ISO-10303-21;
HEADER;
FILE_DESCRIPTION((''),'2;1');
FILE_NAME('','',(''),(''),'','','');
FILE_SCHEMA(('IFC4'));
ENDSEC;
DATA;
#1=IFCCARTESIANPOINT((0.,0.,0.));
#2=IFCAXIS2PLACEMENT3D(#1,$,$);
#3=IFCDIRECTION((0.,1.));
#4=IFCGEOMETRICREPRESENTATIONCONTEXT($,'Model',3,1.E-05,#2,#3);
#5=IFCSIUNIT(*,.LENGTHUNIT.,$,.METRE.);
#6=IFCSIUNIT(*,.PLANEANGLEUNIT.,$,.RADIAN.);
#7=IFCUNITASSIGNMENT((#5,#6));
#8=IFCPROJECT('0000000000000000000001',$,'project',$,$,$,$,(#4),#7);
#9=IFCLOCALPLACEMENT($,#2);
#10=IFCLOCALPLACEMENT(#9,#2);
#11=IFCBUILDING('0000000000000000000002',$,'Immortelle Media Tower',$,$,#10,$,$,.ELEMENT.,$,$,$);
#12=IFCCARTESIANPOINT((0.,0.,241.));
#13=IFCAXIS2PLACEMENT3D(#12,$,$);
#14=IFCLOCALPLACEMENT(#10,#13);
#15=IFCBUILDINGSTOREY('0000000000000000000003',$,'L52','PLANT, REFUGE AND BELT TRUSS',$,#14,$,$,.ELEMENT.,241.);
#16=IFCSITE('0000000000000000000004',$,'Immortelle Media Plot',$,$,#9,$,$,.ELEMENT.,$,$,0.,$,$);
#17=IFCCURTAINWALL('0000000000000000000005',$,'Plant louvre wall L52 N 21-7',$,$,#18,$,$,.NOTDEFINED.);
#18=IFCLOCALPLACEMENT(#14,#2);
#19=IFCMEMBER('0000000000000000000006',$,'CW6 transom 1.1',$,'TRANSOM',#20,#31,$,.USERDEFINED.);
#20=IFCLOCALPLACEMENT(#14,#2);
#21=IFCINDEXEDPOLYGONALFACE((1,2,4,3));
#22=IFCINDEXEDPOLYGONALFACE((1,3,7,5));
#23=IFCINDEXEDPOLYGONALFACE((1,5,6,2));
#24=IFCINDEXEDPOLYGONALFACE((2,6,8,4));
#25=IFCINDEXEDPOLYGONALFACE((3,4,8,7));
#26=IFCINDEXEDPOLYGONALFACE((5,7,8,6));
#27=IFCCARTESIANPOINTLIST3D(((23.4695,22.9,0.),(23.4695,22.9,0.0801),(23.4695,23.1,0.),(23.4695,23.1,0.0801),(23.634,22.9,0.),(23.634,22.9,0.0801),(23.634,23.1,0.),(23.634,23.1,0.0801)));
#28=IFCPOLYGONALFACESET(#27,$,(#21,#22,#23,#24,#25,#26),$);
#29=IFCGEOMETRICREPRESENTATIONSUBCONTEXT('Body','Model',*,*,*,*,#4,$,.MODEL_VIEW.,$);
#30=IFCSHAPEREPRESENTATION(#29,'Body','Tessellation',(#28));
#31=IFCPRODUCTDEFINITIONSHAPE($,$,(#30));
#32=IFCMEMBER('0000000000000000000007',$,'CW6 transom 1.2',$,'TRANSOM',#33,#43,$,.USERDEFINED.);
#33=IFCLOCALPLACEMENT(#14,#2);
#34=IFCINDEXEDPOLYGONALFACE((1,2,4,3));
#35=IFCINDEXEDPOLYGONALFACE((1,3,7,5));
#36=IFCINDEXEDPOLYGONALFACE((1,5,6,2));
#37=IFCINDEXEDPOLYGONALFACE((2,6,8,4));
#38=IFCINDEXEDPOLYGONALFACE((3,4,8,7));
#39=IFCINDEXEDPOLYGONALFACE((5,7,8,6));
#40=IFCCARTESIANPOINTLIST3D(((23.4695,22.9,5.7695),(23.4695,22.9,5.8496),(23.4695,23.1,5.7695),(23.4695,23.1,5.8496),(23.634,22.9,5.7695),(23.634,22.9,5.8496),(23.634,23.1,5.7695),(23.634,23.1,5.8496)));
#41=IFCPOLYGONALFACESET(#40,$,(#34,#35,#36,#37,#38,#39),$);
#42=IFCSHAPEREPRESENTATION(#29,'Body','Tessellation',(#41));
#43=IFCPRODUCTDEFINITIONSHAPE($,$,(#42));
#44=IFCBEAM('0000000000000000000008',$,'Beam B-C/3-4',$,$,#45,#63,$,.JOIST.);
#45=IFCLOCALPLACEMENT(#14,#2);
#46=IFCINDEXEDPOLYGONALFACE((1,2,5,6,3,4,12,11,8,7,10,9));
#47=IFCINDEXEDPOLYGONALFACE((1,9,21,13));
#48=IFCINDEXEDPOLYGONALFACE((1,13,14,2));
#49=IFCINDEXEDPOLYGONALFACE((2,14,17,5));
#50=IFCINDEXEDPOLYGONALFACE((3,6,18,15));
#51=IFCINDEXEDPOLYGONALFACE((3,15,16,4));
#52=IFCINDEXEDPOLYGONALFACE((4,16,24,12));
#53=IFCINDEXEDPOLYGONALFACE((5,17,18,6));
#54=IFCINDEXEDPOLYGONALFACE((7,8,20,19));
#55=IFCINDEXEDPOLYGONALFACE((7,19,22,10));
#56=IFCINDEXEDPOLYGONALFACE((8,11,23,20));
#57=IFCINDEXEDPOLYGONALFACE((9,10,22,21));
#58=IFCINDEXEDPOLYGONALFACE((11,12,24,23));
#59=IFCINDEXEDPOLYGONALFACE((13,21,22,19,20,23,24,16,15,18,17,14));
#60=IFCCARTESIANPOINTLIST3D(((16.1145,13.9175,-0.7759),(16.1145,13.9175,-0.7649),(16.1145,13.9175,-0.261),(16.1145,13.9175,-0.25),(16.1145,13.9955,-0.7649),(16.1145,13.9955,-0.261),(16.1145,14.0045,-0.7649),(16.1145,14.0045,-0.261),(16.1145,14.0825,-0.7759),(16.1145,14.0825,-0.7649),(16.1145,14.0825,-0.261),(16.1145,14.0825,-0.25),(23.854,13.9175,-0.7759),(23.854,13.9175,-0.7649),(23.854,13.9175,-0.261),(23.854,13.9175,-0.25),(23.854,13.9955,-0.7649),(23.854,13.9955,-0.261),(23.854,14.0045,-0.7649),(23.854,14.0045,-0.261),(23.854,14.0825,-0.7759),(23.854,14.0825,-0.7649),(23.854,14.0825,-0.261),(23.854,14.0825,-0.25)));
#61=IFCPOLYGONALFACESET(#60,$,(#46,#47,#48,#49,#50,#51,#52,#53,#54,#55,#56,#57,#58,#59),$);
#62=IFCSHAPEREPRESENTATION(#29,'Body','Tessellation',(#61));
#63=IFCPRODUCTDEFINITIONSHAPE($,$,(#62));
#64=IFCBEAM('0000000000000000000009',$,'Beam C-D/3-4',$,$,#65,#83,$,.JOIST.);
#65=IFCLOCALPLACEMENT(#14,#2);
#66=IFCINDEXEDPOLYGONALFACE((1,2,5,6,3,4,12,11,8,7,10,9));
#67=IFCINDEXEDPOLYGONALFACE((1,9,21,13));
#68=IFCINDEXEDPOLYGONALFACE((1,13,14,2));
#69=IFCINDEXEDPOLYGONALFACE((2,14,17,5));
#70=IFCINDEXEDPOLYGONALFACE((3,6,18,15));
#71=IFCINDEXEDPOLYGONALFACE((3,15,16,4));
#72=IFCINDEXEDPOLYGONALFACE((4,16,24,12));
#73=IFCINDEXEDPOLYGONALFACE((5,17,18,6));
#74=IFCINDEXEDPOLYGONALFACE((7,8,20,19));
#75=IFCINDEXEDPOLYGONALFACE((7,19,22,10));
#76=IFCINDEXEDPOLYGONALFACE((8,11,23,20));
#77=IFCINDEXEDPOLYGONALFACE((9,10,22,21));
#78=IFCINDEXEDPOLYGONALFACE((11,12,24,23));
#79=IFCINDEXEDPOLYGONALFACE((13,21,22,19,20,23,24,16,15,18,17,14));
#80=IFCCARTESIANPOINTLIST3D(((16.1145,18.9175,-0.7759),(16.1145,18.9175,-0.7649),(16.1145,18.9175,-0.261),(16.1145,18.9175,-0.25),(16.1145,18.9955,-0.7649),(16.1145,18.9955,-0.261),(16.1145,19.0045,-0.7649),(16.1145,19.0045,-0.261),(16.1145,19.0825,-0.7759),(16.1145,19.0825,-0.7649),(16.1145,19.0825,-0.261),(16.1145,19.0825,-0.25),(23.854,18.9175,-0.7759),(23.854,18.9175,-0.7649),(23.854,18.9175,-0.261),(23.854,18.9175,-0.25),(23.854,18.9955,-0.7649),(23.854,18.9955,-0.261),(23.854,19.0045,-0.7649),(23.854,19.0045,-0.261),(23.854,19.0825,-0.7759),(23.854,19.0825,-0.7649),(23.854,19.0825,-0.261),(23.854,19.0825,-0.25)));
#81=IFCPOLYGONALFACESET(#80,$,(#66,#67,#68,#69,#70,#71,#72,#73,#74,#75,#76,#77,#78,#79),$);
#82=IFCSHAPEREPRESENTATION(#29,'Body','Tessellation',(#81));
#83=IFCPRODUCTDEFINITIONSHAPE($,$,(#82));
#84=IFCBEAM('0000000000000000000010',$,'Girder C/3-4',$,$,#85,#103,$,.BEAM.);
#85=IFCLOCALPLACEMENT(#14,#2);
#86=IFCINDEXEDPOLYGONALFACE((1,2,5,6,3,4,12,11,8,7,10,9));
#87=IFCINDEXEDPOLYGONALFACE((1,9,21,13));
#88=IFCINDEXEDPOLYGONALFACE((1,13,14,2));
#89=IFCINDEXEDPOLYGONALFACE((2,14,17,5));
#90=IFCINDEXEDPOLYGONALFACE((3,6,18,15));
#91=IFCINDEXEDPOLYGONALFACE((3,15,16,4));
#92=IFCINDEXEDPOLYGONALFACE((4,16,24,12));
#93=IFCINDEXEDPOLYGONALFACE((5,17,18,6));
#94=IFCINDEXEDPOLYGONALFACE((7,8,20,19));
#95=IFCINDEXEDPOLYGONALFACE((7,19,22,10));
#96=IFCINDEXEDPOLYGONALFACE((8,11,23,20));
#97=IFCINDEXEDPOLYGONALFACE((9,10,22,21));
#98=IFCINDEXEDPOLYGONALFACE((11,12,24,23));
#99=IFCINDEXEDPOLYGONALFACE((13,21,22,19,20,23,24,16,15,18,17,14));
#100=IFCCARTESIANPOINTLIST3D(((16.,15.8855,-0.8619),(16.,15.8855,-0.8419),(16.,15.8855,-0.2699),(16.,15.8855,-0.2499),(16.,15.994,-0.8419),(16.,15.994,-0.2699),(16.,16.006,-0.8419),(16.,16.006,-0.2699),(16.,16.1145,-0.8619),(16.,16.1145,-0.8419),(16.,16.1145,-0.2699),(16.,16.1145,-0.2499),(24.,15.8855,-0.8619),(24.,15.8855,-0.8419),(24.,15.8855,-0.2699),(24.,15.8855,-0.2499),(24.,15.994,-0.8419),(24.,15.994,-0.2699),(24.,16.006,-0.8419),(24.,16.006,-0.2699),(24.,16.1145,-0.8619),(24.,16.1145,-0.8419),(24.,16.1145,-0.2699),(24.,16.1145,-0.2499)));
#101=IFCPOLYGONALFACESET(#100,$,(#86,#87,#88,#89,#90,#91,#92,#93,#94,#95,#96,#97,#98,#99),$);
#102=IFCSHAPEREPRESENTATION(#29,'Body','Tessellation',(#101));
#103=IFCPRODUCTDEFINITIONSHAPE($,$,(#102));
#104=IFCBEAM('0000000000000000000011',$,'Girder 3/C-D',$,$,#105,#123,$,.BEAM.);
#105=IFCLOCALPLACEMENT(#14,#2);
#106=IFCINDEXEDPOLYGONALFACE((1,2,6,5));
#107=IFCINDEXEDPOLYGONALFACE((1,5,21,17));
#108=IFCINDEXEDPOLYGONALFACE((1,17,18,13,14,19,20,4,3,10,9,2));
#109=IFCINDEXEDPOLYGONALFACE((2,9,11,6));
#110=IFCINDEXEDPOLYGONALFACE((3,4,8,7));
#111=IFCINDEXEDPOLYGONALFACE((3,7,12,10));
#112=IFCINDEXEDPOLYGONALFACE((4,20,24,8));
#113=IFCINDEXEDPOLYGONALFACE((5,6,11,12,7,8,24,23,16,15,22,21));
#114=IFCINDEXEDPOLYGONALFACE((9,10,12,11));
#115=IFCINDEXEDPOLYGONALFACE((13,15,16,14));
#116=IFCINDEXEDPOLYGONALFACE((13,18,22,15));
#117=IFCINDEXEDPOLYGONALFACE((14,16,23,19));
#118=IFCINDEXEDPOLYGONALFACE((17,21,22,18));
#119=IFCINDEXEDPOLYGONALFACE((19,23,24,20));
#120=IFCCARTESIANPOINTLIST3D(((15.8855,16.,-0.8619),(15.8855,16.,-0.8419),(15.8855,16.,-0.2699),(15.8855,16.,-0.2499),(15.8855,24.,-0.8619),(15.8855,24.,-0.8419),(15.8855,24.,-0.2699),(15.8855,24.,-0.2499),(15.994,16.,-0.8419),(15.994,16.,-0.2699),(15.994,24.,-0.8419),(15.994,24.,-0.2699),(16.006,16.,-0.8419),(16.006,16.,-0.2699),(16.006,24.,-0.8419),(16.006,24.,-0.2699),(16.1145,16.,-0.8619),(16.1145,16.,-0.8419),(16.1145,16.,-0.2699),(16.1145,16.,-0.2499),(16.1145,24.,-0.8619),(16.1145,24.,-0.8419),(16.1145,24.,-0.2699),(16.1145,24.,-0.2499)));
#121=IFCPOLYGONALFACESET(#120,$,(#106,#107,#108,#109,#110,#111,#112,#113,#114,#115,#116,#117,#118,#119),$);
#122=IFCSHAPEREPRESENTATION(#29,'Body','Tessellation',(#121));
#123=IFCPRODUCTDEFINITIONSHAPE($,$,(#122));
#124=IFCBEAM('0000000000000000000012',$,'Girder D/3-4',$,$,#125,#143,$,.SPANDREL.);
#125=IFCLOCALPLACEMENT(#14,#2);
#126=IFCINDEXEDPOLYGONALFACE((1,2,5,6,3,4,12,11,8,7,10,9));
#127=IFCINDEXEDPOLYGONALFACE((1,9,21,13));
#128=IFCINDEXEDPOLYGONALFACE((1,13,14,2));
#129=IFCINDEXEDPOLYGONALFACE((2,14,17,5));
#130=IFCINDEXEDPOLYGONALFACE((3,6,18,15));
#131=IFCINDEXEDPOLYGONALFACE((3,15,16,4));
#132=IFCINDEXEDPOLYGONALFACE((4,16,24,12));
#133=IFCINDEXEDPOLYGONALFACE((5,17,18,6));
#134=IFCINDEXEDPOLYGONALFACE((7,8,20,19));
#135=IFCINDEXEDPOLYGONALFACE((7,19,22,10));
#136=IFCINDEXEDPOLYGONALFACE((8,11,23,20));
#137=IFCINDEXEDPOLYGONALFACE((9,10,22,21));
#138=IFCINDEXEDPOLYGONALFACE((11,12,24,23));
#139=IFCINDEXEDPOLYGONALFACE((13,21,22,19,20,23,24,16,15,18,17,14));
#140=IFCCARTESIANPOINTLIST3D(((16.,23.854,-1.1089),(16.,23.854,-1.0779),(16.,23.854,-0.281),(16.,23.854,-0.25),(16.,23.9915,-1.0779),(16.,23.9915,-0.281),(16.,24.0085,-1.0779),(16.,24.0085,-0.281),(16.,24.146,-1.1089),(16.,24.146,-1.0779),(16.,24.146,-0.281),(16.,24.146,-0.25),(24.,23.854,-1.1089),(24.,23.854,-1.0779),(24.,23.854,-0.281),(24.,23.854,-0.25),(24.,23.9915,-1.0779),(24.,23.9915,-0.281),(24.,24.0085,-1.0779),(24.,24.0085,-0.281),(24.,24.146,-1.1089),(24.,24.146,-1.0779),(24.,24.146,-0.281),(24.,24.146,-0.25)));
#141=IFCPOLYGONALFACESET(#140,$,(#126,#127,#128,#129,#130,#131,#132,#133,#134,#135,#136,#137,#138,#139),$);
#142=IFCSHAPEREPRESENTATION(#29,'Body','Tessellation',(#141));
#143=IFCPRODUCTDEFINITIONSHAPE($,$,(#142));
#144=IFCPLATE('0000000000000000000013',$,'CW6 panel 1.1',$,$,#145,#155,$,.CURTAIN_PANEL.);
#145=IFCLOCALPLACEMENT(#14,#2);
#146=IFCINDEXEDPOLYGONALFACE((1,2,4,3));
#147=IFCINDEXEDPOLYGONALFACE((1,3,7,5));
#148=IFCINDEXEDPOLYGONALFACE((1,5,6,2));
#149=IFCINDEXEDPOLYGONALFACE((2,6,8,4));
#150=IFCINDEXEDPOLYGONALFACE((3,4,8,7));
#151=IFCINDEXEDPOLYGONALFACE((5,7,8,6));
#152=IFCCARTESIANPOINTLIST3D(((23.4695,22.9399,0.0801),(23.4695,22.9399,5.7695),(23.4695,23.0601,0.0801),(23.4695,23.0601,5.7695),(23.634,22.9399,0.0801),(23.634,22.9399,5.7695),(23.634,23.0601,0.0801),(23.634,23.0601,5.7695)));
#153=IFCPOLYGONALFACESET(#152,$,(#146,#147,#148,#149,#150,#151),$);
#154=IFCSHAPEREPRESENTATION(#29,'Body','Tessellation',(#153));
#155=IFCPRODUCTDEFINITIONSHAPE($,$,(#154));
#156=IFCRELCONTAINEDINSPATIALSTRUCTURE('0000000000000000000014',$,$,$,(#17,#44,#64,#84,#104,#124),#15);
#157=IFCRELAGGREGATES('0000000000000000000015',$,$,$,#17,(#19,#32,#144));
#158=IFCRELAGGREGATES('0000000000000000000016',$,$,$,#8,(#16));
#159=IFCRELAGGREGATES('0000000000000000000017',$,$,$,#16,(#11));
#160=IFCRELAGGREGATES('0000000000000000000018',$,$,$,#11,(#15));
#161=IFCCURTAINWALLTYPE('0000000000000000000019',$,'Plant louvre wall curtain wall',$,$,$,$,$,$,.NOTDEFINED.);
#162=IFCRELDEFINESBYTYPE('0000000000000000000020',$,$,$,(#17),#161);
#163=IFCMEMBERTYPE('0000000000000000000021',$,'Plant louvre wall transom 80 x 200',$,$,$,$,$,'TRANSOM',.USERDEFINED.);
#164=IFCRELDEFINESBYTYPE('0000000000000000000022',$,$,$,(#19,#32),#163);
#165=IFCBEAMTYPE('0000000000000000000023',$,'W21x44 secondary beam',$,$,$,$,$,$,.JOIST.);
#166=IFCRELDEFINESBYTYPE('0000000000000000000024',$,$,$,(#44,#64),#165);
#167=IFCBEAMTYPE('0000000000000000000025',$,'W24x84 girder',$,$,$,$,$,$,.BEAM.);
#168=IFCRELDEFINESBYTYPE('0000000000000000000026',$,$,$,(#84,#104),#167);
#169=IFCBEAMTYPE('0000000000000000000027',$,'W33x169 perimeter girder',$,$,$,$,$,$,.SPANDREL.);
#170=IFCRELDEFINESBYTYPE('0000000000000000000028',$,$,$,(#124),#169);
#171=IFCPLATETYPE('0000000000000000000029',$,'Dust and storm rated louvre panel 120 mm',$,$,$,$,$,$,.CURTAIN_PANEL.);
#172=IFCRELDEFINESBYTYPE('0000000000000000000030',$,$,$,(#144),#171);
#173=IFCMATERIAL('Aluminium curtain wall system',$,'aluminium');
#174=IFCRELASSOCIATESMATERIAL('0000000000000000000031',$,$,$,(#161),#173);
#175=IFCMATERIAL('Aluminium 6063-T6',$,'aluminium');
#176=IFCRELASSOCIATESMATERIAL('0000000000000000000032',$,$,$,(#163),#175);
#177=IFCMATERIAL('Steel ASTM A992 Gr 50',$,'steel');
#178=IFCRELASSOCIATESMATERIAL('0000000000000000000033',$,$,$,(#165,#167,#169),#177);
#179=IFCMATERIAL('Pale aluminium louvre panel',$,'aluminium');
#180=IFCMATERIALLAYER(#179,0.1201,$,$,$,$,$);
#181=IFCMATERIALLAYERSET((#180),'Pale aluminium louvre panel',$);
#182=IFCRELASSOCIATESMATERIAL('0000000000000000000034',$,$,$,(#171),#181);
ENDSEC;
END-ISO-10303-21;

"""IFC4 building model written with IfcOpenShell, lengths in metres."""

from ifc_helpers import new_model, si_unit, direction, frame, origin, origin_2d, place, context, subcontext, project, spatial, rectangle, i_section, extrude, material, layer, layer_set, material_profile, profile_set, type_object, element, aggregate, save


model = new_model("IFC4")

# Units and contexts
model_context = context("Model", 3, precision=1e-05, world=origin(), true_north=direction((0.0, 1.0)))
body_context = subcontext(model_context, "Body", "Model", "MODEL_VIEW")
ifc_project = project(units=[si_unit("LENGTHUNIT", "METRE"), si_unit("PLANEANGLEUNIT", "RADIAN")], contexts=[model_context])

# Site, building, storey
site_placement = place(None, origin())
site = spatial("IfcSite", under=ifc_project, at=site_placement, Name="Immortelle Media Plot", CompositionType="ELEMENT", RefElevation=0.0)
building_placement = place(site_placement, origin())
building = spatial("IfcBuilding", under=site, at=building_placement, Name="Immortelle Media Tower", CompositionType="ELEMENT")
storey_placement = place(building_placement, frame((0.0, 0.0, 241.0)))
storey = spatial("IfcBuildingStorey", under=building, at=storey_placement, Name="L52", Description="PLANT, REFUGE AND BELT TRUSS", CompositionType="ELEMENT", Elevation=241.0)

# Shared definitions
ifc_material_1 = material(Name="Steel ASTM A992 Gr 50", Category="steel")

# Curtain wall, members
ifc_material_2 = material(Name="Aluminium curtain wall system", Category="aluminium")
curtain_wall_type = type_object("IfcCurtainWallType", Name="Plant louvre wall curtain wall", PredefinedType="NOTDEFINED", material=ifc_material_2)
curtain_wall_placement = place(storey_placement, origin())
curtain_wall = element("IfcCurtainWall", 1, at=curtain_wall_placement, inside=storey, type_object=curtain_wall_type, Name="Plant louvre wall L52 N 21-7", PredefinedType="NOTDEFINED")
ifc_material_3 = material(Name="Aluminium 6063-T6", Category="aluminium")
ifc_material_profile_1 = material_profile(ifc_material_3, rectangle(XDim=0.2, YDim=0.0801, at=origin_2d()), Name="AL 80x200")
ifc_profile_set_1 = profile_set([ifc_material_profile_1], Name="Aluminium 6063-T6")
member_type_1 = type_object("IfcMemberType", Name="Plant louvre wall transom 80 x 200", ElementType="TRANSOM", PredefinedType="USERDEFINED", material=ifc_profile_set_1)
member_1_placement = place(storey_placement, frame((23.634, 23.0, 0.04), z_axis=(-1.0, 0.0, 0.0), x_axis=(0.0, -1.0, 0.0)))
member_1 = element("IfcMember", 2, at=member_1_placement, type_object=member_type_1, Name="CW6 transom 1.1", ObjectType="TRANSOM", PredefinedType="USERDEFINED", context=body_context, shape_type="SweptSolid", body=[
    extrude(rectangle(XDim=0.2, YDim=0.0801, at=origin_2d()), origin(), (0.0, 0.0, 1.0), 0.1646),
])
member_2_placement = place(storey_placement, frame((23.634, 23.0, 5.8096), z_axis=(-1.0, 0.0, 0.0), x_axis=(0.0, -1.0, 0.0)))
member_2 = element("IfcMember", 3, at=member_2_placement, type_object=member_type_1, Name="CW6 transom 1.2", ObjectType="TRANSOM", PredefinedType="USERDEFINED", context=body_context, shape_type="SweptSolid", body=[
    extrude(rectangle(XDim=0.2, YDim=0.0801, at=origin_2d()), origin(), (0.0, 0.0, 1.0), 0.1646),
])

# Beams
ifc_material_profile_2 = material_profile(ifc_material_1, i_section(OverallWidth=0.165, OverallDepth=0.5259, WebThickness=0.009, FlangeThickness=0.011, at=origin_2d()), Name="W21x44")
ifc_profile_set_2 = profile_set([ifc_material_profile_2], Name="Steel ASTM A992 Gr 50")
beam_type_1 = type_object("IfcBeamType", Name="W21x44 secondary beam", PredefinedType="JOIST", material=ifc_profile_set_2)
for number, where, z_axis, x_axis, name in (
    (4, (16.1145, 14.0, -0.5129), (1.0, 0.0, 0.0), (0.0, 1.0, 0.0), "Beam B-C/3-4"),
    (5, (16.1145, 19.0, -0.5129), (1.0, 0.0, 0.0), (0.0, 1.0, 0.0), "Beam C-D/3-4"),
):
    element("IfcBeam", number, at=place(storey_placement, frame(where, z_axis=z_axis, x_axis=x_axis)), inside=storey, type_object=beam_type_1, Name=name, PredefinedType="JOIST", context=body_context, shape_type="SweptSolid", body=[
        extrude(i_section(OverallWidth=0.165, OverallDepth=0.5259, WebThickness=0.009, FlangeThickness=0.011, at=origin_2d()), origin(), (0.0, 0.0, 1.0), 7.7395),
    ])
ifc_material_profile_3 = material_profile(ifc_material_1, i_section(OverallWidth=0.229, OverallDepth=0.6121, WebThickness=0.012, FlangeThickness=0.02, at=origin_2d()), Name="W24x84")
ifc_profile_set_3 = profile_set([ifc_material_profile_3], Name="Steel ASTM A992 Gr 50")
beam_type_2 = type_object("IfcBeamType", Name="W24x84 girder", PredefinedType="BEAM", material=ifc_profile_set_3)
for number, where, z_axis, x_axis, name in (
    (6, (16.0, 16.0, -0.5559), (1.0, 0.0, 0.0), (0.0, 1.0, 0.0), "Girder C/3-4"),
    (7, (16.0, 16.0, -0.5559), (0.0, 1.0, 0.0), (-1.0, 0.0, 0.0), "Girder 3/C-D"),
):
    element("IfcBeam", number, at=place(storey_placement, frame(where, z_axis=z_axis, x_axis=x_axis)), inside=storey, type_object=beam_type_2, Name=name, PredefinedType="BEAM", context=body_context, shape_type="SweptSolid", body=[
        extrude(i_section(OverallWidth=0.229, OverallDepth=0.6121, WebThickness=0.012, FlangeThickness=0.02, at=origin_2d()), origin(), (0.0, 0.0, 1.0), 8.0),
    ])
ifc_material_profile_4 = material_profile(ifc_material_1, i_section(OverallWidth=0.292, OverallDepth=0.8589, WebThickness=0.0171, FlangeThickness=0.031, at=origin_2d()), Name="W33x169")
ifc_profile_set_4 = profile_set([ifc_material_profile_4], Name="Steel ASTM A992 Gr 50")
beam_type_3 = type_object("IfcBeamType", Name="W33x169 perimeter girder", PredefinedType="SPANDREL", material=ifc_profile_set_4)
beam_placement = place(storey_placement, frame((16.0, 24.0, -0.6794), z_axis=(1.0, 0.0, 0.0), x_axis=(0.0, 1.0, 0.0)))
element("IfcBeam", 8, at=beam_placement, inside=storey, type_object=beam_type_3, Name="Girder D/3-4", PredefinedType="SPANDREL", context=body_context, shape_type="SweptSolid", body=[
    extrude(i_section(OverallWidth=0.292, OverallDepth=0.8589, WebThickness=0.0171, FlangeThickness=0.031, at=origin_2d()), origin(), (0.0, 0.0, 1.0), 8.0),
])

# Plate
ifc_material_4 = material(Name="Pale aluminium louvre panel", Category="aluminium")
ifc_layer_1 = layer(ifc_material_4, 0.1201)
ifc_layer_set_1 = layer_set([ifc_layer_1], Name="Pale aluminium louvre panel")
plate_type = type_object("IfcPlateType", Name="Dust and storm rated louvre panel 120 mm", PredefinedType="CURTAIN_PANEL", material=ifc_layer_set_1)
plate_placement = place(storey_placement, frame((23.5518, 23.0, 0.0801), z_axis=(0.0, 0.0, 1.0), x_axis=(-1.0, 0.0, 0.0)))
plate = element("IfcPlate", 9, at=plate_placement, type_object=plate_type, Name="CW6 panel 1.1", PredefinedType="CURTAIN_PANEL", context=body_context, shape_type="SweptSolid", body=[
    extrude(rectangle(XDim=0.1646, YDim=0.1201, at=origin_2d()), origin(), (0.0, 0.0, 1.0), 5.6895),
])
aggregate(curtain_wall, [member_1, member_2, plate])

save(model, "model.ifc")
